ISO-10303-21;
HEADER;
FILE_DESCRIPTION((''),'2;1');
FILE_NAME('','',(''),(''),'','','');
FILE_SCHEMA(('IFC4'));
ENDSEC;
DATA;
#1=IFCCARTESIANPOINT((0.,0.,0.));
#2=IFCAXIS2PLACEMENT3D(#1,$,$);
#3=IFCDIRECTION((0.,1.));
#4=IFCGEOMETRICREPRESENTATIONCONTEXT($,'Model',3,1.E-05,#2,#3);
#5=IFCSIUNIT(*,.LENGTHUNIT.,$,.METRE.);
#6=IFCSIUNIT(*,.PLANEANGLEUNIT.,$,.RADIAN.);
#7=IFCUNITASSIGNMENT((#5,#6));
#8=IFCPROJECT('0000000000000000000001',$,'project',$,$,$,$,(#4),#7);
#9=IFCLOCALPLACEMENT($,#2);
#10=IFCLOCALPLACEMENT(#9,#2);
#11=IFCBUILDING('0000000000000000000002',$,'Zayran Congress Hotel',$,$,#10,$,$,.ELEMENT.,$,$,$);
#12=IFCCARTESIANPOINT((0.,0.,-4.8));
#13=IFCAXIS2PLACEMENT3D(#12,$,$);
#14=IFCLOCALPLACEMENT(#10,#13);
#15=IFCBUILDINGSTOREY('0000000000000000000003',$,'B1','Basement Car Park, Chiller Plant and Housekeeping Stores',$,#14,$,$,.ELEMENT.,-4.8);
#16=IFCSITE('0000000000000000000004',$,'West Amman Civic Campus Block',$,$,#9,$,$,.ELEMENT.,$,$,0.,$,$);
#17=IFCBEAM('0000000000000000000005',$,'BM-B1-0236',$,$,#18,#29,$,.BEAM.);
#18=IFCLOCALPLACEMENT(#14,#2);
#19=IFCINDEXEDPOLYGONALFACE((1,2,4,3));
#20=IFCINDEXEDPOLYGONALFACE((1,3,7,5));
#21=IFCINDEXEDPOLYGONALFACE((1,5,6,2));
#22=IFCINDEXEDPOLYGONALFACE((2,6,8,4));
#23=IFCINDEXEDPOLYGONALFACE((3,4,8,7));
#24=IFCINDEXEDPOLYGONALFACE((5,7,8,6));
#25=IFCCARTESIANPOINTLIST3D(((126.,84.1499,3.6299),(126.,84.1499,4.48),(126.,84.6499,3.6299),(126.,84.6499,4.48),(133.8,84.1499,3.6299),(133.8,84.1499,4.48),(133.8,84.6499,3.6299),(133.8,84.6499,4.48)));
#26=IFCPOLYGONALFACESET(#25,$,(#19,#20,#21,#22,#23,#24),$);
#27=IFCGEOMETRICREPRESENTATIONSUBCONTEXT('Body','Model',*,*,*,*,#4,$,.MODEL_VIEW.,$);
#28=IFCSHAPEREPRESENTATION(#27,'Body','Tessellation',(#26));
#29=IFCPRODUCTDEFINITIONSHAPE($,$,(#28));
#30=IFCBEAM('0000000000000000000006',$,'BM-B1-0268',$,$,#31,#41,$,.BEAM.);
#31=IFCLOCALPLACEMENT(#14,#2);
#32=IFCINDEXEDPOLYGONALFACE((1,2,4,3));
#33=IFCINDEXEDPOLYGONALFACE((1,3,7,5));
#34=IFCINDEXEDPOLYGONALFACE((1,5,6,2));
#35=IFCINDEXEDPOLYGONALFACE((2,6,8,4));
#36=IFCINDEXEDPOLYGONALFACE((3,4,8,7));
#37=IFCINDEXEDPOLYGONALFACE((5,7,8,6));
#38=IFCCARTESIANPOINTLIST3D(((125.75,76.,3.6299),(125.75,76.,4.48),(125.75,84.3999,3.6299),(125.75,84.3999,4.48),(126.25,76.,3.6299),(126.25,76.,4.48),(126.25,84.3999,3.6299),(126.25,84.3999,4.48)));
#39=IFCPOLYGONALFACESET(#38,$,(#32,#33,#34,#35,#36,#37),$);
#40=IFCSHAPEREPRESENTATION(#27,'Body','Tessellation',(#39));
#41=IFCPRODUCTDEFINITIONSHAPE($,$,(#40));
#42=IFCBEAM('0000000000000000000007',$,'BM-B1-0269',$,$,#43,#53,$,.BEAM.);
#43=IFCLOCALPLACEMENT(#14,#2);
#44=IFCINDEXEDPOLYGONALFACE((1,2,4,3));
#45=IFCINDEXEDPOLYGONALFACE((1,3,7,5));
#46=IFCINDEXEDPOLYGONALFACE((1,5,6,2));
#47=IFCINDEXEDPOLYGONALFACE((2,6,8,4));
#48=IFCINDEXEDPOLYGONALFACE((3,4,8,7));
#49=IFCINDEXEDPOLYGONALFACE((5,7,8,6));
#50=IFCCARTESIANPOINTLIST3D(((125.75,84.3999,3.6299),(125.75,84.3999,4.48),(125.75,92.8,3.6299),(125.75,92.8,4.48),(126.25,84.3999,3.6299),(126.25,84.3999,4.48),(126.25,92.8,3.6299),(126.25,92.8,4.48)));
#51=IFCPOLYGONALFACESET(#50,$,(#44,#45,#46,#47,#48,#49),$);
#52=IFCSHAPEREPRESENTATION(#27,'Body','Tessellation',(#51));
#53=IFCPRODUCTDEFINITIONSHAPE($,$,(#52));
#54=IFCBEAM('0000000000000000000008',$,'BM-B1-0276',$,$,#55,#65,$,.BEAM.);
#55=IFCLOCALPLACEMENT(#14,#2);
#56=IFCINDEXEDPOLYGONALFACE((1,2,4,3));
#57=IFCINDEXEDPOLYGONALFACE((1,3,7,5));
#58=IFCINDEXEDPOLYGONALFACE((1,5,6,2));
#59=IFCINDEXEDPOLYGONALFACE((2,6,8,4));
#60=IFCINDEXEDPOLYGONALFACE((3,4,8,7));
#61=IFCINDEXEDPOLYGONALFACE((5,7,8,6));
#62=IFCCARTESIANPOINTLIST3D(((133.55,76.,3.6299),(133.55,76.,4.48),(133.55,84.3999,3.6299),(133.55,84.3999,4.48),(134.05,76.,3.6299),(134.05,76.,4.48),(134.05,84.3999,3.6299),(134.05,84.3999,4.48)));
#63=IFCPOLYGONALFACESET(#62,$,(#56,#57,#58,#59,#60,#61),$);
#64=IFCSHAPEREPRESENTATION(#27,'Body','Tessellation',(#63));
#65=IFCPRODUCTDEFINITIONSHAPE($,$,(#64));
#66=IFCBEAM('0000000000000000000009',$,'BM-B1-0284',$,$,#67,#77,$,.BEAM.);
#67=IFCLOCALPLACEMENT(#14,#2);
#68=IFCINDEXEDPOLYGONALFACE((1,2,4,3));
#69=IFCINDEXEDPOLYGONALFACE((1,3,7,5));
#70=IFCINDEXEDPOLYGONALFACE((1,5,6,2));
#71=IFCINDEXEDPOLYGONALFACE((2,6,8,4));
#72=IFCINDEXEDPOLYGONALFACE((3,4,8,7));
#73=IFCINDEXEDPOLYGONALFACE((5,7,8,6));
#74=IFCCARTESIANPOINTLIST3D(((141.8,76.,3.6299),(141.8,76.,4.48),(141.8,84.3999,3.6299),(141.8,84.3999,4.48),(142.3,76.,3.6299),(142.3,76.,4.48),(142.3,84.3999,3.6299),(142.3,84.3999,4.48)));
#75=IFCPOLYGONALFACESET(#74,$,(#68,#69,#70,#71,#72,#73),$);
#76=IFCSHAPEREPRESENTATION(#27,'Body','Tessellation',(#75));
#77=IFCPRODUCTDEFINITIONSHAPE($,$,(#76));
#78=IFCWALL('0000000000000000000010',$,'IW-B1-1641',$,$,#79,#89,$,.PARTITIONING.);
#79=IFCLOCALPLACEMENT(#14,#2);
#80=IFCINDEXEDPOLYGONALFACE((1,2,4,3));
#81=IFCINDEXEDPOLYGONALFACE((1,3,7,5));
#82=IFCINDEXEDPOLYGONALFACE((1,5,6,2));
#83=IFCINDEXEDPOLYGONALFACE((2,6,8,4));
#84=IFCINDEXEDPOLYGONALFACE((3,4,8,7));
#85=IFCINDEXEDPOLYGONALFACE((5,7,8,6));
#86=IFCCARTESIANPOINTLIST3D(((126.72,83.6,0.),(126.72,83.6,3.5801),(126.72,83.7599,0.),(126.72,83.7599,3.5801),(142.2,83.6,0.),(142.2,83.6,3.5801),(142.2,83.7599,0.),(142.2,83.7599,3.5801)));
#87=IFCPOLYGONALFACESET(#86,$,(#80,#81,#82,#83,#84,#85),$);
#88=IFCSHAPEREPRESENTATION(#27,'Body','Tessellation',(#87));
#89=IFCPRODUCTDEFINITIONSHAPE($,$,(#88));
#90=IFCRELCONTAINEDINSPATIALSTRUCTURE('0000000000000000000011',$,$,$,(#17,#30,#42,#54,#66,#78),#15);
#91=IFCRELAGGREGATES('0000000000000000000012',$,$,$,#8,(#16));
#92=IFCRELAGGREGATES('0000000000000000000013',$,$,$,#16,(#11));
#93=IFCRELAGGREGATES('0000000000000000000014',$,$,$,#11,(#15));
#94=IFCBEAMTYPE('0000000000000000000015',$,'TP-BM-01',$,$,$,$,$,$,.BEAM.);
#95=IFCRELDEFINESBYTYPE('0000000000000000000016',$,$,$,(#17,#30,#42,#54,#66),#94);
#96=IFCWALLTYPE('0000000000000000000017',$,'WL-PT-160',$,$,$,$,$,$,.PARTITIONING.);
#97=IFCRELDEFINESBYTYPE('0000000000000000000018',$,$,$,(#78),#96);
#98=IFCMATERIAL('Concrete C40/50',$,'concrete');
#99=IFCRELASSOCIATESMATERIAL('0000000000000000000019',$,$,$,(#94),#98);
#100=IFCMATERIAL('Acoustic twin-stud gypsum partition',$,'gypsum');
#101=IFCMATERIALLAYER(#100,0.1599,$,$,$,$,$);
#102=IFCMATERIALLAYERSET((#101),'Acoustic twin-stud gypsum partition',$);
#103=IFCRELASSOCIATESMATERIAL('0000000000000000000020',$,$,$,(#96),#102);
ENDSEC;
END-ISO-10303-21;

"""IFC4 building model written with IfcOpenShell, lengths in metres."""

from ifc_helpers import new_model, si_unit, direction, frame, frame_2d, origin, origin_2d, place, context, subcontext, project, spatial, rectangle, extrude, material, layer, layer_set, material_profile, profile_set, type_object, element, save


model = new_model("IFC4")

# Units and contexts
model_context = context("Model", 3, precision=1e-05, world=origin(), true_north=direction((0.0, 1.0)))
body_context = subcontext(model_context, "Body", "Model", "MODEL_VIEW")
ifc_project = project(units=[si_unit("LENGTHUNIT", "METRE"), si_unit("PLANEANGLEUNIT", "RADIAN")], contexts=[model_context])

# Site, building, storey
site_placement = place(None, origin())
site = spatial("IfcSite", under=ifc_project, at=site_placement, Name="West Amman Civic Campus Block", CompositionType="ELEMENT", RefElevation=0.0)
building_placement = place(site_placement, origin())
building = spatial("IfcBuilding", under=site, at=building_placement, Name="Zayran Congress Hotel", CompositionType="ELEMENT")
storey_placement = place(building_placement, frame((0.0, 0.0, -4.8)))
storey = spatial("IfcBuildingStorey", under=building, at=storey_placement, Name="B1", Description="Basement Car Park, Chiller Plant and Housekeeping Stores", CompositionType="ELEMENT", Elevation=-4.8)

# Shared definitions
ifc_material_1 = material(Name="Concrete C40/50", Category="concrete")

# Beams
ifc_material_profile_1 = material_profile(ifc_material_1, rectangle(XDim=0.5, YDim=0.8501, at=origin_2d()), Name="RC 500x850")
ifc_profile_set_1 = profile_set([ifc_material_profile_1], Name="Concrete C40/50")
beam_type = type_object("IfcBeamType", Name="TP-BM-01", PredefinedType="BEAM", material=ifc_profile_set_1)
beam_1_placement = place(storey_placement, frame((126.0, 84.3999, 4.0549), z_axis=(1.0, 0.0, 0.0), x_axis=(0.0, 1.0, 0.0)))
element("IfcBeam", 1, at=beam_1_placement, inside=storey, type_object=beam_type, Name="BM-B1-0236", PredefinedType="BEAM", context=body_context, shape_type="SweptSolid", body=[
    extrude(rectangle(XDim=0.5, YDim=0.8501, at=origin_2d()), origin(), (0.0, 0.0, 1.0), 7.8),
])
beam_2_placement = place(storey_placement, frame((126.0, 76.0, 4.0549), z_axis=(0.0, 1.0, 0.0), x_axis=(-1.0, 0.0, 0.0)))
element("IfcBeam", 2, at=beam_2_placement, inside=storey, type_object=beam_type, Name="BM-B1-0268", PredefinedType="BEAM", context=body_context, shape_type="SweptSolid", body=[
    extrude(rectangle(XDim=0.5, YDim=0.8501, at=origin_2d()), origin(), (0.0, 0.0, 1.0), 8.3999),
])
beam_3_placement = place(storey_placement, frame((126.0, 84.3999, 4.0549), z_axis=(0.0, 1.0, 0.0), x_axis=(-1.0, 0.0, 0.0)))
element("IfcBeam", 3, at=beam_3_placement, inside=storey, type_object=beam_type, Name="BM-B1-0269", PredefinedType="BEAM", context=body_context, shape_type="SweptSolid", body=[
    extrude(rectangle(XDim=0.5, YDim=0.8501, at=origin_2d()), origin(), (0.0, 0.0, 1.0), 8.4001),
])
for number, where, z_axis, x_axis, name in (
    (4, (133.8, 76.0, 4.0549), (0.0, 1.0, 0.0), (-1.0, 0.0, 0.0), "BM-B1-0276"),
    (5, (142.05, 76.0, 4.0549), (0.0, 1.0, 0.0), (-1.0, 0.0, 0.0), "BM-B1-0284"),
):
    element("IfcBeam", number, at=place(storey_placement, frame(where, z_axis=z_axis, x_axis=x_axis)), inside=storey, type_object=beam_type, Name=name, PredefinedType="BEAM", context=body_context, shape_type="SweptSolid", body=[
        extrude(rectangle(XDim=0.5, YDim=0.8501, at=origin_2d()), origin(), (0.0, 0.0, 1.0), 8.3999),
    ])

# Wall
ifc_material_2 = material(Name="Acoustic twin-stud gypsum partition", Category="gypsum")
ifc_layer = layer(ifc_material_2, 0.1599)
ifc_layer_set = layer_set([ifc_layer], Name="Acoustic twin-stud gypsum partition")
wall_type = type_object("IfcWallType", Name="WL-PT-160", PredefinedType="PARTITIONING", material=ifc_layer_set)
wall_placement = place(storey_placement, frame((126.72, 83.6799, 0.0), z_axis=(0.0, 0.0, 1.0), x_axis=(1.0, 0.0, 0.0)))
element("IfcWall", 6, at=wall_placement, inside=storey, type_object=wall_type, Name="IW-B1-1641", PredefinedType="PARTITIONING", context=body_context, shape_type="SweptSolid", body=[
    extrude(rectangle(XDim=15.48, YDim=0.1599, at=frame_2d((7.74, 0.0))), origin(), (0.0, 0.0, 1.0), 3.5801),
])

save(model, "model.ifc")
